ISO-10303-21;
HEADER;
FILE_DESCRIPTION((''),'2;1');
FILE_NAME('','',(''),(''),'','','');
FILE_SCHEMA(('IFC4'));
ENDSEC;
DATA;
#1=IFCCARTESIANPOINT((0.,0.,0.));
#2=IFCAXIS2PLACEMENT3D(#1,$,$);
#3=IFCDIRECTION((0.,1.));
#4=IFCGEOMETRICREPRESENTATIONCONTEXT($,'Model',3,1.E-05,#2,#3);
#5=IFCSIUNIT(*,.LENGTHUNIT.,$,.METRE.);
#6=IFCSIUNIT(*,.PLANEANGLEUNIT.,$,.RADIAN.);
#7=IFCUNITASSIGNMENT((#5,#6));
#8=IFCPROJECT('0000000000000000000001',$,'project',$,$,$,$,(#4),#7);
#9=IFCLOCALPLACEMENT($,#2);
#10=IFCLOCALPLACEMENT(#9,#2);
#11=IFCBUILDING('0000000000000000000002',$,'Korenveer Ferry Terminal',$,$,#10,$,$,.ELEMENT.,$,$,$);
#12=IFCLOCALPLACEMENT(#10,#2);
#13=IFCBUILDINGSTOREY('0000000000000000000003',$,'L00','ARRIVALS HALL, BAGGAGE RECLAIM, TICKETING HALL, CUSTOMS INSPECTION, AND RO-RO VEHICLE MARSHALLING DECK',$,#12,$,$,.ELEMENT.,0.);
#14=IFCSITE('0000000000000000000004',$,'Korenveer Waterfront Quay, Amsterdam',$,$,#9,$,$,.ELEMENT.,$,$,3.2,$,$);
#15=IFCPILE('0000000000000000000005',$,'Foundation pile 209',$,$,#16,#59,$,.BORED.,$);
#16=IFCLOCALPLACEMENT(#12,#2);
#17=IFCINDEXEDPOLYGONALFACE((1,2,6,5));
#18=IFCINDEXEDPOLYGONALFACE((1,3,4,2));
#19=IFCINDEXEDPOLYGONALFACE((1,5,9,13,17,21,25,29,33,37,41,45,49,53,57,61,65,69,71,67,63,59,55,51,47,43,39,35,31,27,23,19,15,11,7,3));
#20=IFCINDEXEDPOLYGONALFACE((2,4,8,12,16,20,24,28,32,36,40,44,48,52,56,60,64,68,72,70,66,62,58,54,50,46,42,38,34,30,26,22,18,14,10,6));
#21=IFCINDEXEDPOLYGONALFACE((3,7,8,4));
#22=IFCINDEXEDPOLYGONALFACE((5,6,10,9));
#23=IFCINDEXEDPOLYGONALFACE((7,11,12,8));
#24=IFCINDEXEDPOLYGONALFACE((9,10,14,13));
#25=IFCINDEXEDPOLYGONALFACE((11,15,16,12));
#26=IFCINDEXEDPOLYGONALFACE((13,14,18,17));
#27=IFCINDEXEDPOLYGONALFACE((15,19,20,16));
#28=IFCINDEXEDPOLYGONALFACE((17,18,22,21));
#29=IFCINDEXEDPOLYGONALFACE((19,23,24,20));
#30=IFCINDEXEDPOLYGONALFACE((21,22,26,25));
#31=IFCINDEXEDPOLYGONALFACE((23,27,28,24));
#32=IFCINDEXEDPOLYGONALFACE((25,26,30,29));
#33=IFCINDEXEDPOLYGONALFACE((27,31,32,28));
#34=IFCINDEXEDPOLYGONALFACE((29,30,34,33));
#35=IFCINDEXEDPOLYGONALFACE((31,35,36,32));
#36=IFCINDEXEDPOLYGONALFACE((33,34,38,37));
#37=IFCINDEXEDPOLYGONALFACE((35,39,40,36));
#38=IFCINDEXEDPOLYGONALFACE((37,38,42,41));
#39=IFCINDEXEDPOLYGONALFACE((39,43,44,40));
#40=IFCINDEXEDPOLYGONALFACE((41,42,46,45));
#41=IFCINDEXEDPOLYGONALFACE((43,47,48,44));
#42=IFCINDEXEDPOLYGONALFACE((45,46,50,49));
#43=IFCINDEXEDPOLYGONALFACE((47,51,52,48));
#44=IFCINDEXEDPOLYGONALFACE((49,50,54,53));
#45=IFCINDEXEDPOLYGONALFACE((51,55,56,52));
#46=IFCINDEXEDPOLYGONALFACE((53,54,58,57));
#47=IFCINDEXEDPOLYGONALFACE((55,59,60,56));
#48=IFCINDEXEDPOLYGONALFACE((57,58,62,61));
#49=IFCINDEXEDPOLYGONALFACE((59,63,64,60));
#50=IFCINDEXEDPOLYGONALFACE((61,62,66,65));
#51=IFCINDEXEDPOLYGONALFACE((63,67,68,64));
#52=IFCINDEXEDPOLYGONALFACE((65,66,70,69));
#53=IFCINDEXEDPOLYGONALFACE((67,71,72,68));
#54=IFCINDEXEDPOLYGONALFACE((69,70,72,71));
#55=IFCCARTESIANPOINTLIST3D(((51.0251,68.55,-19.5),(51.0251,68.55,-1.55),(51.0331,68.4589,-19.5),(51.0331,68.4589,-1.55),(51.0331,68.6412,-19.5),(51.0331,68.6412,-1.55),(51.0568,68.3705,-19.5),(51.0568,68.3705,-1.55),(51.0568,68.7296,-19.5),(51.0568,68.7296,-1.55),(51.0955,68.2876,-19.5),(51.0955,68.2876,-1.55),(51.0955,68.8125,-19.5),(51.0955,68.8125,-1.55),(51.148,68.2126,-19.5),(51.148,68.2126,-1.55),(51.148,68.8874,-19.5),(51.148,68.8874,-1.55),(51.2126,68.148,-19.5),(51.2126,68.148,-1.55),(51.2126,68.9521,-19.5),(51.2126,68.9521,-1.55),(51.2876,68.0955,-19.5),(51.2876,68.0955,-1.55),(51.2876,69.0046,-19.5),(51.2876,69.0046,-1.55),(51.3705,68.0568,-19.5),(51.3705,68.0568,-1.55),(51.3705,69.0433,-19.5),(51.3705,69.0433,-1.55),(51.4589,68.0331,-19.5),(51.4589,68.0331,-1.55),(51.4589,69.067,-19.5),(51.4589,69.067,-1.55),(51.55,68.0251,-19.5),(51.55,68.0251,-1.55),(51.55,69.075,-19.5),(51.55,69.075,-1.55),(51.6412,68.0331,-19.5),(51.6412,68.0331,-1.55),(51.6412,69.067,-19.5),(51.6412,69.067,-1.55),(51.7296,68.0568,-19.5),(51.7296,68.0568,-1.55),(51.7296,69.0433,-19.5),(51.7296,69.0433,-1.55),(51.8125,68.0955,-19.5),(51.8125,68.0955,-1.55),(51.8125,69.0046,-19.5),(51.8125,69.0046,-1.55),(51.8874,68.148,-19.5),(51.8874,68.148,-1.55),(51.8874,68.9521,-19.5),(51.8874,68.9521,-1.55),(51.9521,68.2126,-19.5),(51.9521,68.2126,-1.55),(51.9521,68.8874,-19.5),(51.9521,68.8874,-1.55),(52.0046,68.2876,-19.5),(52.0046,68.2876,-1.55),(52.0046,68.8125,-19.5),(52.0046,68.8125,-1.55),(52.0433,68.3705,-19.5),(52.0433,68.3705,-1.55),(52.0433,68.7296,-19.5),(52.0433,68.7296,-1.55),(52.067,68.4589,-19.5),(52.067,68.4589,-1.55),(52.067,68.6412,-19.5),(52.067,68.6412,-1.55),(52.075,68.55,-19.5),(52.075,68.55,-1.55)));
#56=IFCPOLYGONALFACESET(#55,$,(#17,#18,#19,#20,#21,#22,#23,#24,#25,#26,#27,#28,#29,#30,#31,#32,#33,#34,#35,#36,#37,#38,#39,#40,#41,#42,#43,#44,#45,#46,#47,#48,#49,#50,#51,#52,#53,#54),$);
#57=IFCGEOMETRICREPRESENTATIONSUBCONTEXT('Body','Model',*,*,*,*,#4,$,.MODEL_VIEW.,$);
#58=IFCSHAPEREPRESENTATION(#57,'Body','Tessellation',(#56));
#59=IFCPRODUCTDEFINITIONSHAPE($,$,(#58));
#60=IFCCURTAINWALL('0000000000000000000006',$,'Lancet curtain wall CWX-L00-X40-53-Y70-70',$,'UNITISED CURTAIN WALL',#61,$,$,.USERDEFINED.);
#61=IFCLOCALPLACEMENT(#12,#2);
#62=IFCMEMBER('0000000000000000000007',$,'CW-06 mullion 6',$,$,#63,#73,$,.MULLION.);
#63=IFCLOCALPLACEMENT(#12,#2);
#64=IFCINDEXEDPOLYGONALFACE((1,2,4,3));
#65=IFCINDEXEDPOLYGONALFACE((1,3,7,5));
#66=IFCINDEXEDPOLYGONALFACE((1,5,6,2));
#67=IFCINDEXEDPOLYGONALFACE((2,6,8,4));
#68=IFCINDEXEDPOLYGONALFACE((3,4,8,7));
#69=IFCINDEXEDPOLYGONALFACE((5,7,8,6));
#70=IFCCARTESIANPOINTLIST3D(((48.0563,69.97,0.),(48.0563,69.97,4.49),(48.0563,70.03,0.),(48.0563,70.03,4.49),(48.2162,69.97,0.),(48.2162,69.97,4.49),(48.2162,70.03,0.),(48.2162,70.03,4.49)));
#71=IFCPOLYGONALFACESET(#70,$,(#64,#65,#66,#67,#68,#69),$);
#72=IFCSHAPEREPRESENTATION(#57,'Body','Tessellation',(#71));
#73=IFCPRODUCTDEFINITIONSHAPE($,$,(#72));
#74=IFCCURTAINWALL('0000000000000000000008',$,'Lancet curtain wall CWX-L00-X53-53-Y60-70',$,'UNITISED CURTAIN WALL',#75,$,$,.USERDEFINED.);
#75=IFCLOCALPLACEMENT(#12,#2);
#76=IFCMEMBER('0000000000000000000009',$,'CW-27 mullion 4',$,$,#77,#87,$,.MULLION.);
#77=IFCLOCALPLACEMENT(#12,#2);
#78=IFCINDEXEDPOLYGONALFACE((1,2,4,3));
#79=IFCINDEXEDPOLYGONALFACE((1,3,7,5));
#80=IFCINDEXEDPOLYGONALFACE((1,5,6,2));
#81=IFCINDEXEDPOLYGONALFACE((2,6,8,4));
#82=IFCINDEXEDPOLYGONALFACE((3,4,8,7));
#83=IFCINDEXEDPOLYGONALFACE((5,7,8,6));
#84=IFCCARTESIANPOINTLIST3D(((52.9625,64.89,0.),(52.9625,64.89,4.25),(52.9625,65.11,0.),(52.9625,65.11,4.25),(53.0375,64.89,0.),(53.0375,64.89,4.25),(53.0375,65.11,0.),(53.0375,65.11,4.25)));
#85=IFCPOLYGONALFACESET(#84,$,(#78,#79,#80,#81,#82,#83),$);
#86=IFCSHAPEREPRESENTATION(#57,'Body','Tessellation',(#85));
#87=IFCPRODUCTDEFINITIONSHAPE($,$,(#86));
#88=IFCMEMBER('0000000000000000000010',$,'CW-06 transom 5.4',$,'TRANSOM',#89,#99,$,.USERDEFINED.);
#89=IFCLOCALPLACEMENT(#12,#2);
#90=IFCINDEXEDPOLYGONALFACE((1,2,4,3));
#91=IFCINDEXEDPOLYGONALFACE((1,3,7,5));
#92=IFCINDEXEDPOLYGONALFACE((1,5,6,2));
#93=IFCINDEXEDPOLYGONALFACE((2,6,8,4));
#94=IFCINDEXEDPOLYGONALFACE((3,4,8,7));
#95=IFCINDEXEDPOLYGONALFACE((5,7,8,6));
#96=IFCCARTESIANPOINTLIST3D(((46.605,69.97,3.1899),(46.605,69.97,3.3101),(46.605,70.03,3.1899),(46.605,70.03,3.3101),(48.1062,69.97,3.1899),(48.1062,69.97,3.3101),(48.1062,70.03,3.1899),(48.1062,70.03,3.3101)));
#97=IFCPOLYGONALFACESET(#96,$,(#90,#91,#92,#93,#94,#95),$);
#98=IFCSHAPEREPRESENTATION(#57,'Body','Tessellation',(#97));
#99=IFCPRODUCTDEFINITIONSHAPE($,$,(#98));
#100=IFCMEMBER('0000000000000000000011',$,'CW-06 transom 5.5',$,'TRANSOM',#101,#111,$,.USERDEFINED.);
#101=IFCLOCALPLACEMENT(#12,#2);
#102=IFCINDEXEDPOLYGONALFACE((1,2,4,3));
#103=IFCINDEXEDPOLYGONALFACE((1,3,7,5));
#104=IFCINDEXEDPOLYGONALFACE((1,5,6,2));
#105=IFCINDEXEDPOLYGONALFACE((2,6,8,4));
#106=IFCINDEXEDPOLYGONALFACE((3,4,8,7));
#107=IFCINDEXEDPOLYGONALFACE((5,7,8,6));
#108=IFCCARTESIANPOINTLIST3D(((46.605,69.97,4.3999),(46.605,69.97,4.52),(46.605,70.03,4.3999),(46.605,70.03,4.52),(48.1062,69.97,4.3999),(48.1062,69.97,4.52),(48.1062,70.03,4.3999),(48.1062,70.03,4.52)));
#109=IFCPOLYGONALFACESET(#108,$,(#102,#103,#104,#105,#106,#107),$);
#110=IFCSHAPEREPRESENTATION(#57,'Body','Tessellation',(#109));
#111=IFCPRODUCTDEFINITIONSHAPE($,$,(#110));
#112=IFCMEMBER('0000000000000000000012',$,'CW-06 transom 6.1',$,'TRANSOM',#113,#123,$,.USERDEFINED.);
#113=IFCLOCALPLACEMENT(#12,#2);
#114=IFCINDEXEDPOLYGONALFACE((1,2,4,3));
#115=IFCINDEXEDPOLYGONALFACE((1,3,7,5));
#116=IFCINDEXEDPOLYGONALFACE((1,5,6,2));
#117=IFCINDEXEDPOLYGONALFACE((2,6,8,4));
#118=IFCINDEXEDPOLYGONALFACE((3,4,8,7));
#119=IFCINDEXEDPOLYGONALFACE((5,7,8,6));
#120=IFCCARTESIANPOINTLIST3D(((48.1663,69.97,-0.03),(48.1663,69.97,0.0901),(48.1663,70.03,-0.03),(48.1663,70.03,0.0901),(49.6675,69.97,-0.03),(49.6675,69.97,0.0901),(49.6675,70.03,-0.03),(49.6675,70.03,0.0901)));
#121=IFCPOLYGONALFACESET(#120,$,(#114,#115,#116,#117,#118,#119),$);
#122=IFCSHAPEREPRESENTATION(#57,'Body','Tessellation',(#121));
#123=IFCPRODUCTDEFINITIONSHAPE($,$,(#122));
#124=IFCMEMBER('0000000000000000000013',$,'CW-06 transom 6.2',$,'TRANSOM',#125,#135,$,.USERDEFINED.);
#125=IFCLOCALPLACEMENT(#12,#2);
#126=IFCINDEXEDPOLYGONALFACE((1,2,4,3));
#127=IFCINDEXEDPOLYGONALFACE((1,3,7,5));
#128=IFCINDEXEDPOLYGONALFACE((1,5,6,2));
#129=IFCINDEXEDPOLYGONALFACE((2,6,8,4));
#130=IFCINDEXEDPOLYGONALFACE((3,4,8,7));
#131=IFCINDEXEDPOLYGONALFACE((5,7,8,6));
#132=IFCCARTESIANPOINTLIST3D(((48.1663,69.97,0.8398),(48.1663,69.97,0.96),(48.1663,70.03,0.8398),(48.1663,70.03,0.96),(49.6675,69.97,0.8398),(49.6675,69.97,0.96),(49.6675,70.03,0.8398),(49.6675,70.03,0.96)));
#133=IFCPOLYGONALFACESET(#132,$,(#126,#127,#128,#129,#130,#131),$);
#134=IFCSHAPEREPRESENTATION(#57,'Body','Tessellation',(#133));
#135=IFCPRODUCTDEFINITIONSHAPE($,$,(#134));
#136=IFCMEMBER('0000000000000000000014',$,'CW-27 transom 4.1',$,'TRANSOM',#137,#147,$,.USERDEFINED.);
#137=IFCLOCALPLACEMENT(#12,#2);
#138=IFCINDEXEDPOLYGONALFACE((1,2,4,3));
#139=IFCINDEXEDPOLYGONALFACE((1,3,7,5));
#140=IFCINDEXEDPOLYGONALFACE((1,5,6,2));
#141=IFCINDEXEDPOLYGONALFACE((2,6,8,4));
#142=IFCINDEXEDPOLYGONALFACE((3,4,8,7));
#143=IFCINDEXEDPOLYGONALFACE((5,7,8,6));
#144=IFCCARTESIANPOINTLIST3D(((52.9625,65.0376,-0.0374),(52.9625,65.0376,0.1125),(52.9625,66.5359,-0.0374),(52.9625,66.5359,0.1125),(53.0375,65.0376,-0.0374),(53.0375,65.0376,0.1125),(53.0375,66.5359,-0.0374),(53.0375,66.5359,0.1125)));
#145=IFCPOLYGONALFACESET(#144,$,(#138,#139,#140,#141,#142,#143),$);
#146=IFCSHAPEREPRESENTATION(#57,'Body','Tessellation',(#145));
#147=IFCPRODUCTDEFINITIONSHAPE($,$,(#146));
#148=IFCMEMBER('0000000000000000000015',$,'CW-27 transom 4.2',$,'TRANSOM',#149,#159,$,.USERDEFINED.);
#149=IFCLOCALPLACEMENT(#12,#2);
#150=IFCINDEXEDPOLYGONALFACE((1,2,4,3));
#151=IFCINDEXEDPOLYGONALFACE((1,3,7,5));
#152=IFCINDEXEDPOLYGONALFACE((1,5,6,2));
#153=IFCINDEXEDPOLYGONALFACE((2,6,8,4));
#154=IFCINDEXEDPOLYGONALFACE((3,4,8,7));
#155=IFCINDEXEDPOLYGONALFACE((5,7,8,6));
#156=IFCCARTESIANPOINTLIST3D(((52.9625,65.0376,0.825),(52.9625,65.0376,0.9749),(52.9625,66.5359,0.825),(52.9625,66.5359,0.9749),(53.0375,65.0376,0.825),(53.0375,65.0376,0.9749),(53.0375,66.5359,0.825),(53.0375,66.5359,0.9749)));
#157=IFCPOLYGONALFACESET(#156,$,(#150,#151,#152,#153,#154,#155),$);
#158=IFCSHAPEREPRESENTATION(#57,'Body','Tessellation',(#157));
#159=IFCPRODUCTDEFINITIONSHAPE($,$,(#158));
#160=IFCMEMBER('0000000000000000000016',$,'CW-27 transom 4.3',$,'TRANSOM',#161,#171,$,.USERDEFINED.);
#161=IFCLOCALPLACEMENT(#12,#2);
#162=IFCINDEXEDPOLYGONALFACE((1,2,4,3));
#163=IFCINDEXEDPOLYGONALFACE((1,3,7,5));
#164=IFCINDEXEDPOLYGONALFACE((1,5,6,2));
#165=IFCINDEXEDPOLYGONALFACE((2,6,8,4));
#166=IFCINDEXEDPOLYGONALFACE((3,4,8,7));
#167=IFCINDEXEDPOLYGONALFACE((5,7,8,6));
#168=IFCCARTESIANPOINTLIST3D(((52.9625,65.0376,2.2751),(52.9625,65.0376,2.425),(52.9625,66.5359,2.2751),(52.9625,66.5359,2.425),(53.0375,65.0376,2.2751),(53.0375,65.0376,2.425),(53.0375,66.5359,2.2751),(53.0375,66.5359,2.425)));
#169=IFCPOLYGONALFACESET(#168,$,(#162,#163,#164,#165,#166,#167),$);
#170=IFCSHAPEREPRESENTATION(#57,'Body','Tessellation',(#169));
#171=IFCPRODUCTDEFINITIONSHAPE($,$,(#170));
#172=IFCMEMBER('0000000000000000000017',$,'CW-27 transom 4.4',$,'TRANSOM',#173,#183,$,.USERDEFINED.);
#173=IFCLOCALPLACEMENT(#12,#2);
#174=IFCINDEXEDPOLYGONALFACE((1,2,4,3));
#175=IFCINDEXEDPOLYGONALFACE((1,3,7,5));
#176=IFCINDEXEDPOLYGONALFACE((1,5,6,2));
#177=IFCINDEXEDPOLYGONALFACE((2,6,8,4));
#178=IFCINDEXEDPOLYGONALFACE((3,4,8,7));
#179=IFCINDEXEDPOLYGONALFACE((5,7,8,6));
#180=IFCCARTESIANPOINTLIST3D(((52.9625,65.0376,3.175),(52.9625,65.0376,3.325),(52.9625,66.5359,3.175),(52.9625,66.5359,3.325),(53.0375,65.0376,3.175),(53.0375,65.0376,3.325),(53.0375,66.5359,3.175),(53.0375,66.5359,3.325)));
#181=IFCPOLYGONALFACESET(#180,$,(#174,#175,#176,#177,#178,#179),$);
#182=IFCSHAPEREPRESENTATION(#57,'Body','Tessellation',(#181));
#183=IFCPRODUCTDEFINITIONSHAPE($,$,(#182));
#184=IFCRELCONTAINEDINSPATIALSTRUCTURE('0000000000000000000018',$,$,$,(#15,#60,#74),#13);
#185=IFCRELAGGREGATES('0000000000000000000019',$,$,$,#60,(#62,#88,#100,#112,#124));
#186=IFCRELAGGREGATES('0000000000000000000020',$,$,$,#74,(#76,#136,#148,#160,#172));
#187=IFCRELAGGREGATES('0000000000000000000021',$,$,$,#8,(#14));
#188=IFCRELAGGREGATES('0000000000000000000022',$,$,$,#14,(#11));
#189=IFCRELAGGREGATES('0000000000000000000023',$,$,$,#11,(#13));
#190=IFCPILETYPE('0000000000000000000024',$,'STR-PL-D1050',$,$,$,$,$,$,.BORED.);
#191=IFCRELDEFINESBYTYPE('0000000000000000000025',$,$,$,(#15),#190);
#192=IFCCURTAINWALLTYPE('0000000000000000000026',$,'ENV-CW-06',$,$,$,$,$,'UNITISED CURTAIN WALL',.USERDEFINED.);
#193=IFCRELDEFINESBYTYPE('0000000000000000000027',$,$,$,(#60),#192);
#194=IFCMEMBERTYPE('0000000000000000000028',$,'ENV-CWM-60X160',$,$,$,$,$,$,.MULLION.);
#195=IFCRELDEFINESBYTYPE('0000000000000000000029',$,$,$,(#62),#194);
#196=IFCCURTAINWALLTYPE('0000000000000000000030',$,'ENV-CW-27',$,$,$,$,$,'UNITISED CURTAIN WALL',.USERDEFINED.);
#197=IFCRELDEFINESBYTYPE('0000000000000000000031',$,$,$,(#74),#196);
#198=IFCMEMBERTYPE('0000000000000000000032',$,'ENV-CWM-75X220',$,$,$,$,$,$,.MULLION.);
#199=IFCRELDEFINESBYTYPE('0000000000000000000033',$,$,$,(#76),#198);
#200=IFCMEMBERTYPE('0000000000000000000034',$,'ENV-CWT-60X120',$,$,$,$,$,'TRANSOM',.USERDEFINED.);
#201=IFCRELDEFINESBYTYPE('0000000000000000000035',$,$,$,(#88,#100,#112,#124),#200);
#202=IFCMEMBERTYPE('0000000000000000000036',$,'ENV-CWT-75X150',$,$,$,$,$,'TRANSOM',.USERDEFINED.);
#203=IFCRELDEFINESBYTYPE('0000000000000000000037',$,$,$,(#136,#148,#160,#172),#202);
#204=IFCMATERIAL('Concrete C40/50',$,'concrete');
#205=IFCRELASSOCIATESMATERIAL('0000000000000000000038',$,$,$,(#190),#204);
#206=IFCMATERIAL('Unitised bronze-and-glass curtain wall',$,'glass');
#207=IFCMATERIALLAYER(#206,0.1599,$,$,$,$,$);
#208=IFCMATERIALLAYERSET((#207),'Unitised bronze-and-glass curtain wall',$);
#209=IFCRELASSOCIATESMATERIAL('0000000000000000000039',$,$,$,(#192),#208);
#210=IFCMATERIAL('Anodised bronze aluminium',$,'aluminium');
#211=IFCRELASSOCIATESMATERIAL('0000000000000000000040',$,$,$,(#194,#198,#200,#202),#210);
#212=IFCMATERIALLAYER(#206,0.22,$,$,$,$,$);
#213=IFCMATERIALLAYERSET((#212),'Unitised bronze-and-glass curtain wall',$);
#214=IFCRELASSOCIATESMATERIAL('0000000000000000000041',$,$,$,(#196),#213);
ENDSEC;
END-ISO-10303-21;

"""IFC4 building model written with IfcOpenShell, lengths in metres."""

from ifc_helpers import new_model, si_unit, direction, frame, origin, origin_2d, place, context, subcontext, project, spatial, rectangle, circle, extrude, material, layer, layer_set, material_profile, profile_set, type_object, element, aggregate, save


model = new_model("IFC4")

# Units and contexts
model_context = context("Model", 3, precision=1e-05, world=origin(), true_north=direction((0.0, 1.0)))
body_context = subcontext(model_context, "Body", "Model", "MODEL_VIEW")
ifc_project = project(units=[si_unit("LENGTHUNIT", "METRE"), si_unit("PLANEANGLEUNIT", "RADIAN")], contexts=[model_context])

# Site, building, storey
site_placement = place(None, origin())
site = spatial("IfcSite", under=ifc_project, at=site_placement, Name="Korenveer Waterfront Quay, Amsterdam", CompositionType="ELEMENT", RefElevation=3.2)
building_placement = place(site_placement, origin())
building = spatial("IfcBuilding", under=site, at=building_placement, Name="Korenveer Ferry Terminal", CompositionType="ELEMENT")
storey_placement = place(building_placement, origin())
storey = spatial("IfcBuildingStorey", under=building, at=storey_placement, Name="L00", Description="ARRIVALS HALL, BAGGAGE RECLAIM, TICKETING HALL, CUSTOMS INSPECTION, AND RO-RO VEHICLE MARSHALLING DECK", CompositionType="ELEMENT", Elevation=0.0)

# Pile
ifc_material_1 = material(Name="Concrete C40/50", Category="concrete")
ifc_material_profile_1 = material_profile(ifc_material_1, circle(Radius=0.5249, at=origin_2d()), Name="PILE D1050")
ifc_profile_set_1 = profile_set([ifc_material_profile_1], Name="Concrete C40/50")
pile_type = type_object("IfcPileType", Name="STR-PL-D1050", PredefinedType="BORED", material=ifc_profile_set_1)
pile_placement = place(storey_placement, frame((51.55, 68.55, -1.55), z_axis=(0.0, 0.0, -1.0), x_axis=(1.0, 0.0, 0.0)))
element("IfcPile", 1, at=pile_placement, inside=storey, type_object=pile_type, Name="Foundation pile 209", PredefinedType="BORED", context=body_context, shape_type="SweptSolid", body=[
    extrude(circle(Radius=0.5249, at=origin_2d()), origin(), (0.0, 0.0, 1.0), 17.95),
])

# Curtain walls, members
ifc_material_2 = material(Name="Unitised bronze-and-glass curtain wall", Category="glass")
ifc_layer_1 = layer(ifc_material_2, 0.1599)
ifc_layer_set_1 = layer_set([ifc_layer_1], Name="Unitised bronze-and-glass curtain wall")
curtain_wall_type_1 = type_object("IfcCurtainWallType", Name="ENV-CW-06", ElementType="UNITISED CURTAIN WALL", PredefinedType="USERDEFINED", material=ifc_layer_set_1)
curtain_wall_1_placement = place(storey_placement, frame((40.3301, 70.0, 0.0)))
curtain_wall_1 = element("IfcCurtainWall", 2, at=curtain_wall_1_placement, inside=storey, type_object=curtain_wall_type_1, Name="Lancet curtain wall CWX-L00-X40-53-Y70-70", ObjectType="UNITISED CURTAIN WALL", PredefinedType="USERDEFINED")
ifc_material_3 = material(Name="Anodised bronze aluminium", Category="aluminium")
ifc_material_profile_2 = material_profile(ifc_material_3, rectangle(XDim=0.0601, YDim=0.1599, at=origin_2d()), Name="ALU 60x160")
ifc_profile_set_2 = profile_set([ifc_material_profile_2], Name="Anodised bronze aluminium")
member_type_1 = type_object("IfcMemberType", Name="ENV-CWM-60X160", PredefinedType="MULLION", material=ifc_profile_set_2)
member_1_placement = place(storey_placement, frame((48.1362, 70.0, 0.0), z_axis=(0.0, 0.0, 1.0), x_axis=(0.0, 1.0, 0.0)))
member_1 = element("IfcMember", 3, at=member_1_placement, type_object=member_type_1, Name="CW-06 mullion 6", PredefinedType="MULLION", context=body_context, shape_type="SweptSolid", body=[
    extrude(rectangle(XDim=0.0601, YDim=0.1599, at=origin_2d()), origin(), (0.0, 0.0, 1.0), 4.49),
])
ifc_layer_2 = layer(ifc_material_2, 0.22)
ifc_layer_set_2 = layer_set([ifc_layer_2], Name="Unitised bronze-and-glass curtain wall")
curtain_wall_type_2 = type_object("IfcCurtainWallType", Name="ENV-CW-27", ElementType="UNITISED CURTAIN WALL", PredefinedType="USERDEFINED", material=ifc_layer_set_2)
curtain_wall_2_placement = place(storey_placement, frame((53.0, 60.28, 0.0)))
curtain_wall_2 = element("IfcCurtainWall", 4, at=curtain_wall_2_placement, inside=storey, type_object=curtain_wall_type_2, Name="Lancet curtain wall CWX-L00-X53-53-Y60-70", ObjectType="UNITISED CURTAIN WALL", PredefinedType="USERDEFINED")
ifc_material_profile_3 = material_profile(ifc_material_3, rectangle(XDim=0.075, YDim=0.22, at=origin_2d()), Name="ALU 75x220")
ifc_profile_set_3 = profile_set([ifc_material_profile_3], Name="Anodised bronze aluminium")
member_type_2 = type_object("IfcMemberType", Name="ENV-CWM-75X220", PredefinedType="MULLION", material=ifc_profile_set_3)
member_2_placement = place(storey_placement, frame((53.0, 65.0, 0.0), z_axis=(0.0, 0.0, 1.0), x_axis=(-1.0, 0.0, 0.0)))
member_2 = element("IfcMember", 5, at=member_2_placement, type_object=member_type_2, Name="CW-27 mullion 4", PredefinedType="MULLION", context=body_context, shape_type="SweptSolid", body=[
    extrude(rectangle(XDim=0.075, YDim=0.22, at=origin_2d()), origin(), (0.0, 0.0, 1.0), 4.25),
])

# Members
ifc_material_profile_4 = material_profile(ifc_material_3, rectangle(XDim=0.0601, YDim=0.1201, at=origin_2d()), Name="ALU 60x120")
ifc_profile_set_4 = profile_set([ifc_material_profile_4], Name="Anodised bronze aluminium")
member_type_3 = type_object("IfcMemberType", Name="ENV-CWT-60X120", ElementType="TRANSOM", PredefinedType="USERDEFINED", material=ifc_profile_set_4)
member_3_placement = place(storey_placement, frame((46.605, 70.0, 3.25), z_axis=(1.0, 0.0, 0.0), x_axis=(0.0, 1.0, 0.0)))
member_3 = element("IfcMember", 6, at=member_3_placement, type_object=member_type_3, Name="CW-06 transom 5.4", ObjectType="TRANSOM", PredefinedType="USERDEFINED", context=body_context, shape_type="SweptSolid", body=[
    extrude(rectangle(XDim=0.0601, YDim=0.1201, at=origin_2d()), origin(), (0.0, 0.0, 1.0), 1.5012),
])
member_4_placement = place(storey_placement, frame((46.605, 70.0, 4.46), z_axis=(1.0, 0.0, 0.0), x_axis=(0.0, 1.0, 0.0)))
member_4 = element("IfcMember", 7, at=member_4_placement, type_object=member_type_3, Name="CW-06 transom 5.5", ObjectType="TRANSOM", PredefinedType="USERDEFINED", context=body_context, shape_type="SweptSolid", body=[
    extrude(rectangle(XDim=0.0601, YDim=0.1201, at=origin_2d()), origin(), (0.0, 0.0, 1.0), 1.5012),
])
member_5_placement = place(storey_placement, frame((48.1663, 70.0, 0.03), z_axis=(1.0, 0.0, 0.0), x_axis=(0.0, 1.0, 0.0)))
member_5 = element("IfcMember", 8, at=member_5_placement, type_object=member_type_3, Name="CW-06 transom 6.1", ObjectType="TRANSOM", PredefinedType="USERDEFINED", context=body_context, shape_type="SweptSolid", body=[
    extrude(rectangle(XDim=0.0601, YDim=0.1201, at=origin_2d()), origin(), (0.0, 0.0, 1.0), 1.5012),
])
member_6_placement = place(storey_placement, frame((48.1663, 70.0, 0.8999), z_axis=(1.0, 0.0, 0.0), x_axis=(0.0, 1.0, 0.0)))
member_6 = element("IfcMember", 9, at=member_6_placement, type_object=member_type_3, Name="CW-06 transom 6.2", ObjectType="TRANSOM", PredefinedType="USERDEFINED", context=body_context, shape_type="SweptSolid", body=[
    extrude(rectangle(XDim=0.0601, YDim=0.1201, at=origin_2d()), origin(), (0.0, 0.0, 1.0), 1.5012),
])
ifc_material_profile_5 = material_profile(ifc_material_3, rectangle(XDim=0.075, YDim=0.1499, at=origin_2d()), Name="ALU 75x150")
ifc_profile_set_5 = profile_set([ifc_material_profile_5], Name="Anodised bronze aluminium")
member_type_4 = type_object("IfcMemberType", Name="ENV-CWT-75X150", ElementType="TRANSOM", PredefinedType="USERDEFINED", material=ifc_profile_set_5)
member_7_placement = place(storey_placement, frame((53.0, 65.0376, 0.0376), z_axis=(0.0, 1.0, 0.0), x_axis=(-1.0, 0.0, 0.0)))
member_7 = element("IfcMember", 10, at=member_7_placement, type_object=member_type_4, Name="CW-27 transom 4.1", ObjectType="TRANSOM", PredefinedType="USERDEFINED", context=body_context, shape_type="SweptSolid", body=[
    extrude(rectangle(XDim=0.075, YDim=0.1499, at=origin_2d()), origin(), (0.0, 0.0, 1.0), 1.4983),
])
member_8_placement = place(storey_placement, frame((53.0, 65.0376, 0.8999), z_axis=(0.0, 1.0, 0.0), x_axis=(-1.0, 0.0, 0.0)))
member_8 = element("IfcMember", 11, at=member_8_placement, type_object=member_type_4, Name="CW-27 transom 4.2", ObjectType="TRANSOM", PredefinedType="USERDEFINED", context=body_context, shape_type="SweptSolid", body=[
    extrude(rectangle(XDim=0.075, YDim=0.1499, at=origin_2d()), origin(), (0.0, 0.0, 1.0), 1.4983),
])
member_9_placement = place(storey_placement, frame((53.0, 65.0376, 2.3501), z_axis=(0.0, 1.0, 0.0), x_axis=(-1.0, 0.0, 0.0)))
member_9 = element("IfcMember", 12, at=member_9_placement, type_object=member_type_4, Name="CW-27 transom 4.3", ObjectType="TRANSOM", PredefinedType="USERDEFINED", context=body_context, shape_type="SweptSolid", body=[
    extrude(rectangle(XDim=0.075, YDim=0.1499, at=origin_2d()), origin(), (0.0, 0.0, 1.0), 1.4983),
])
member_10_placement = place(storey_placement, frame((53.0, 65.0376, 3.25), z_axis=(0.0, 1.0, 0.0), x_axis=(-1.0, 0.0, 0.0)))
member_10 = element("IfcMember", 13, at=member_10_placement, type_object=member_type_4, Name="CW-27 transom 4.4", ObjectType="TRANSOM", PredefinedType="USERDEFINED", context=body_context, shape_type="SweptSolid", body=[
    extrude(rectangle(XDim=0.075, YDim=0.1499, at=origin_2d()), origin(), (0.0, 0.0, 1.0), 1.4983),
])

aggregate(curtain_wall_1, [member_1, member_3, member_4, member_5, member_6])
aggregate(curtain_wall_2, [member_2, member_7, member_8, member_9, member_10])

save(model, "model.ifc")
